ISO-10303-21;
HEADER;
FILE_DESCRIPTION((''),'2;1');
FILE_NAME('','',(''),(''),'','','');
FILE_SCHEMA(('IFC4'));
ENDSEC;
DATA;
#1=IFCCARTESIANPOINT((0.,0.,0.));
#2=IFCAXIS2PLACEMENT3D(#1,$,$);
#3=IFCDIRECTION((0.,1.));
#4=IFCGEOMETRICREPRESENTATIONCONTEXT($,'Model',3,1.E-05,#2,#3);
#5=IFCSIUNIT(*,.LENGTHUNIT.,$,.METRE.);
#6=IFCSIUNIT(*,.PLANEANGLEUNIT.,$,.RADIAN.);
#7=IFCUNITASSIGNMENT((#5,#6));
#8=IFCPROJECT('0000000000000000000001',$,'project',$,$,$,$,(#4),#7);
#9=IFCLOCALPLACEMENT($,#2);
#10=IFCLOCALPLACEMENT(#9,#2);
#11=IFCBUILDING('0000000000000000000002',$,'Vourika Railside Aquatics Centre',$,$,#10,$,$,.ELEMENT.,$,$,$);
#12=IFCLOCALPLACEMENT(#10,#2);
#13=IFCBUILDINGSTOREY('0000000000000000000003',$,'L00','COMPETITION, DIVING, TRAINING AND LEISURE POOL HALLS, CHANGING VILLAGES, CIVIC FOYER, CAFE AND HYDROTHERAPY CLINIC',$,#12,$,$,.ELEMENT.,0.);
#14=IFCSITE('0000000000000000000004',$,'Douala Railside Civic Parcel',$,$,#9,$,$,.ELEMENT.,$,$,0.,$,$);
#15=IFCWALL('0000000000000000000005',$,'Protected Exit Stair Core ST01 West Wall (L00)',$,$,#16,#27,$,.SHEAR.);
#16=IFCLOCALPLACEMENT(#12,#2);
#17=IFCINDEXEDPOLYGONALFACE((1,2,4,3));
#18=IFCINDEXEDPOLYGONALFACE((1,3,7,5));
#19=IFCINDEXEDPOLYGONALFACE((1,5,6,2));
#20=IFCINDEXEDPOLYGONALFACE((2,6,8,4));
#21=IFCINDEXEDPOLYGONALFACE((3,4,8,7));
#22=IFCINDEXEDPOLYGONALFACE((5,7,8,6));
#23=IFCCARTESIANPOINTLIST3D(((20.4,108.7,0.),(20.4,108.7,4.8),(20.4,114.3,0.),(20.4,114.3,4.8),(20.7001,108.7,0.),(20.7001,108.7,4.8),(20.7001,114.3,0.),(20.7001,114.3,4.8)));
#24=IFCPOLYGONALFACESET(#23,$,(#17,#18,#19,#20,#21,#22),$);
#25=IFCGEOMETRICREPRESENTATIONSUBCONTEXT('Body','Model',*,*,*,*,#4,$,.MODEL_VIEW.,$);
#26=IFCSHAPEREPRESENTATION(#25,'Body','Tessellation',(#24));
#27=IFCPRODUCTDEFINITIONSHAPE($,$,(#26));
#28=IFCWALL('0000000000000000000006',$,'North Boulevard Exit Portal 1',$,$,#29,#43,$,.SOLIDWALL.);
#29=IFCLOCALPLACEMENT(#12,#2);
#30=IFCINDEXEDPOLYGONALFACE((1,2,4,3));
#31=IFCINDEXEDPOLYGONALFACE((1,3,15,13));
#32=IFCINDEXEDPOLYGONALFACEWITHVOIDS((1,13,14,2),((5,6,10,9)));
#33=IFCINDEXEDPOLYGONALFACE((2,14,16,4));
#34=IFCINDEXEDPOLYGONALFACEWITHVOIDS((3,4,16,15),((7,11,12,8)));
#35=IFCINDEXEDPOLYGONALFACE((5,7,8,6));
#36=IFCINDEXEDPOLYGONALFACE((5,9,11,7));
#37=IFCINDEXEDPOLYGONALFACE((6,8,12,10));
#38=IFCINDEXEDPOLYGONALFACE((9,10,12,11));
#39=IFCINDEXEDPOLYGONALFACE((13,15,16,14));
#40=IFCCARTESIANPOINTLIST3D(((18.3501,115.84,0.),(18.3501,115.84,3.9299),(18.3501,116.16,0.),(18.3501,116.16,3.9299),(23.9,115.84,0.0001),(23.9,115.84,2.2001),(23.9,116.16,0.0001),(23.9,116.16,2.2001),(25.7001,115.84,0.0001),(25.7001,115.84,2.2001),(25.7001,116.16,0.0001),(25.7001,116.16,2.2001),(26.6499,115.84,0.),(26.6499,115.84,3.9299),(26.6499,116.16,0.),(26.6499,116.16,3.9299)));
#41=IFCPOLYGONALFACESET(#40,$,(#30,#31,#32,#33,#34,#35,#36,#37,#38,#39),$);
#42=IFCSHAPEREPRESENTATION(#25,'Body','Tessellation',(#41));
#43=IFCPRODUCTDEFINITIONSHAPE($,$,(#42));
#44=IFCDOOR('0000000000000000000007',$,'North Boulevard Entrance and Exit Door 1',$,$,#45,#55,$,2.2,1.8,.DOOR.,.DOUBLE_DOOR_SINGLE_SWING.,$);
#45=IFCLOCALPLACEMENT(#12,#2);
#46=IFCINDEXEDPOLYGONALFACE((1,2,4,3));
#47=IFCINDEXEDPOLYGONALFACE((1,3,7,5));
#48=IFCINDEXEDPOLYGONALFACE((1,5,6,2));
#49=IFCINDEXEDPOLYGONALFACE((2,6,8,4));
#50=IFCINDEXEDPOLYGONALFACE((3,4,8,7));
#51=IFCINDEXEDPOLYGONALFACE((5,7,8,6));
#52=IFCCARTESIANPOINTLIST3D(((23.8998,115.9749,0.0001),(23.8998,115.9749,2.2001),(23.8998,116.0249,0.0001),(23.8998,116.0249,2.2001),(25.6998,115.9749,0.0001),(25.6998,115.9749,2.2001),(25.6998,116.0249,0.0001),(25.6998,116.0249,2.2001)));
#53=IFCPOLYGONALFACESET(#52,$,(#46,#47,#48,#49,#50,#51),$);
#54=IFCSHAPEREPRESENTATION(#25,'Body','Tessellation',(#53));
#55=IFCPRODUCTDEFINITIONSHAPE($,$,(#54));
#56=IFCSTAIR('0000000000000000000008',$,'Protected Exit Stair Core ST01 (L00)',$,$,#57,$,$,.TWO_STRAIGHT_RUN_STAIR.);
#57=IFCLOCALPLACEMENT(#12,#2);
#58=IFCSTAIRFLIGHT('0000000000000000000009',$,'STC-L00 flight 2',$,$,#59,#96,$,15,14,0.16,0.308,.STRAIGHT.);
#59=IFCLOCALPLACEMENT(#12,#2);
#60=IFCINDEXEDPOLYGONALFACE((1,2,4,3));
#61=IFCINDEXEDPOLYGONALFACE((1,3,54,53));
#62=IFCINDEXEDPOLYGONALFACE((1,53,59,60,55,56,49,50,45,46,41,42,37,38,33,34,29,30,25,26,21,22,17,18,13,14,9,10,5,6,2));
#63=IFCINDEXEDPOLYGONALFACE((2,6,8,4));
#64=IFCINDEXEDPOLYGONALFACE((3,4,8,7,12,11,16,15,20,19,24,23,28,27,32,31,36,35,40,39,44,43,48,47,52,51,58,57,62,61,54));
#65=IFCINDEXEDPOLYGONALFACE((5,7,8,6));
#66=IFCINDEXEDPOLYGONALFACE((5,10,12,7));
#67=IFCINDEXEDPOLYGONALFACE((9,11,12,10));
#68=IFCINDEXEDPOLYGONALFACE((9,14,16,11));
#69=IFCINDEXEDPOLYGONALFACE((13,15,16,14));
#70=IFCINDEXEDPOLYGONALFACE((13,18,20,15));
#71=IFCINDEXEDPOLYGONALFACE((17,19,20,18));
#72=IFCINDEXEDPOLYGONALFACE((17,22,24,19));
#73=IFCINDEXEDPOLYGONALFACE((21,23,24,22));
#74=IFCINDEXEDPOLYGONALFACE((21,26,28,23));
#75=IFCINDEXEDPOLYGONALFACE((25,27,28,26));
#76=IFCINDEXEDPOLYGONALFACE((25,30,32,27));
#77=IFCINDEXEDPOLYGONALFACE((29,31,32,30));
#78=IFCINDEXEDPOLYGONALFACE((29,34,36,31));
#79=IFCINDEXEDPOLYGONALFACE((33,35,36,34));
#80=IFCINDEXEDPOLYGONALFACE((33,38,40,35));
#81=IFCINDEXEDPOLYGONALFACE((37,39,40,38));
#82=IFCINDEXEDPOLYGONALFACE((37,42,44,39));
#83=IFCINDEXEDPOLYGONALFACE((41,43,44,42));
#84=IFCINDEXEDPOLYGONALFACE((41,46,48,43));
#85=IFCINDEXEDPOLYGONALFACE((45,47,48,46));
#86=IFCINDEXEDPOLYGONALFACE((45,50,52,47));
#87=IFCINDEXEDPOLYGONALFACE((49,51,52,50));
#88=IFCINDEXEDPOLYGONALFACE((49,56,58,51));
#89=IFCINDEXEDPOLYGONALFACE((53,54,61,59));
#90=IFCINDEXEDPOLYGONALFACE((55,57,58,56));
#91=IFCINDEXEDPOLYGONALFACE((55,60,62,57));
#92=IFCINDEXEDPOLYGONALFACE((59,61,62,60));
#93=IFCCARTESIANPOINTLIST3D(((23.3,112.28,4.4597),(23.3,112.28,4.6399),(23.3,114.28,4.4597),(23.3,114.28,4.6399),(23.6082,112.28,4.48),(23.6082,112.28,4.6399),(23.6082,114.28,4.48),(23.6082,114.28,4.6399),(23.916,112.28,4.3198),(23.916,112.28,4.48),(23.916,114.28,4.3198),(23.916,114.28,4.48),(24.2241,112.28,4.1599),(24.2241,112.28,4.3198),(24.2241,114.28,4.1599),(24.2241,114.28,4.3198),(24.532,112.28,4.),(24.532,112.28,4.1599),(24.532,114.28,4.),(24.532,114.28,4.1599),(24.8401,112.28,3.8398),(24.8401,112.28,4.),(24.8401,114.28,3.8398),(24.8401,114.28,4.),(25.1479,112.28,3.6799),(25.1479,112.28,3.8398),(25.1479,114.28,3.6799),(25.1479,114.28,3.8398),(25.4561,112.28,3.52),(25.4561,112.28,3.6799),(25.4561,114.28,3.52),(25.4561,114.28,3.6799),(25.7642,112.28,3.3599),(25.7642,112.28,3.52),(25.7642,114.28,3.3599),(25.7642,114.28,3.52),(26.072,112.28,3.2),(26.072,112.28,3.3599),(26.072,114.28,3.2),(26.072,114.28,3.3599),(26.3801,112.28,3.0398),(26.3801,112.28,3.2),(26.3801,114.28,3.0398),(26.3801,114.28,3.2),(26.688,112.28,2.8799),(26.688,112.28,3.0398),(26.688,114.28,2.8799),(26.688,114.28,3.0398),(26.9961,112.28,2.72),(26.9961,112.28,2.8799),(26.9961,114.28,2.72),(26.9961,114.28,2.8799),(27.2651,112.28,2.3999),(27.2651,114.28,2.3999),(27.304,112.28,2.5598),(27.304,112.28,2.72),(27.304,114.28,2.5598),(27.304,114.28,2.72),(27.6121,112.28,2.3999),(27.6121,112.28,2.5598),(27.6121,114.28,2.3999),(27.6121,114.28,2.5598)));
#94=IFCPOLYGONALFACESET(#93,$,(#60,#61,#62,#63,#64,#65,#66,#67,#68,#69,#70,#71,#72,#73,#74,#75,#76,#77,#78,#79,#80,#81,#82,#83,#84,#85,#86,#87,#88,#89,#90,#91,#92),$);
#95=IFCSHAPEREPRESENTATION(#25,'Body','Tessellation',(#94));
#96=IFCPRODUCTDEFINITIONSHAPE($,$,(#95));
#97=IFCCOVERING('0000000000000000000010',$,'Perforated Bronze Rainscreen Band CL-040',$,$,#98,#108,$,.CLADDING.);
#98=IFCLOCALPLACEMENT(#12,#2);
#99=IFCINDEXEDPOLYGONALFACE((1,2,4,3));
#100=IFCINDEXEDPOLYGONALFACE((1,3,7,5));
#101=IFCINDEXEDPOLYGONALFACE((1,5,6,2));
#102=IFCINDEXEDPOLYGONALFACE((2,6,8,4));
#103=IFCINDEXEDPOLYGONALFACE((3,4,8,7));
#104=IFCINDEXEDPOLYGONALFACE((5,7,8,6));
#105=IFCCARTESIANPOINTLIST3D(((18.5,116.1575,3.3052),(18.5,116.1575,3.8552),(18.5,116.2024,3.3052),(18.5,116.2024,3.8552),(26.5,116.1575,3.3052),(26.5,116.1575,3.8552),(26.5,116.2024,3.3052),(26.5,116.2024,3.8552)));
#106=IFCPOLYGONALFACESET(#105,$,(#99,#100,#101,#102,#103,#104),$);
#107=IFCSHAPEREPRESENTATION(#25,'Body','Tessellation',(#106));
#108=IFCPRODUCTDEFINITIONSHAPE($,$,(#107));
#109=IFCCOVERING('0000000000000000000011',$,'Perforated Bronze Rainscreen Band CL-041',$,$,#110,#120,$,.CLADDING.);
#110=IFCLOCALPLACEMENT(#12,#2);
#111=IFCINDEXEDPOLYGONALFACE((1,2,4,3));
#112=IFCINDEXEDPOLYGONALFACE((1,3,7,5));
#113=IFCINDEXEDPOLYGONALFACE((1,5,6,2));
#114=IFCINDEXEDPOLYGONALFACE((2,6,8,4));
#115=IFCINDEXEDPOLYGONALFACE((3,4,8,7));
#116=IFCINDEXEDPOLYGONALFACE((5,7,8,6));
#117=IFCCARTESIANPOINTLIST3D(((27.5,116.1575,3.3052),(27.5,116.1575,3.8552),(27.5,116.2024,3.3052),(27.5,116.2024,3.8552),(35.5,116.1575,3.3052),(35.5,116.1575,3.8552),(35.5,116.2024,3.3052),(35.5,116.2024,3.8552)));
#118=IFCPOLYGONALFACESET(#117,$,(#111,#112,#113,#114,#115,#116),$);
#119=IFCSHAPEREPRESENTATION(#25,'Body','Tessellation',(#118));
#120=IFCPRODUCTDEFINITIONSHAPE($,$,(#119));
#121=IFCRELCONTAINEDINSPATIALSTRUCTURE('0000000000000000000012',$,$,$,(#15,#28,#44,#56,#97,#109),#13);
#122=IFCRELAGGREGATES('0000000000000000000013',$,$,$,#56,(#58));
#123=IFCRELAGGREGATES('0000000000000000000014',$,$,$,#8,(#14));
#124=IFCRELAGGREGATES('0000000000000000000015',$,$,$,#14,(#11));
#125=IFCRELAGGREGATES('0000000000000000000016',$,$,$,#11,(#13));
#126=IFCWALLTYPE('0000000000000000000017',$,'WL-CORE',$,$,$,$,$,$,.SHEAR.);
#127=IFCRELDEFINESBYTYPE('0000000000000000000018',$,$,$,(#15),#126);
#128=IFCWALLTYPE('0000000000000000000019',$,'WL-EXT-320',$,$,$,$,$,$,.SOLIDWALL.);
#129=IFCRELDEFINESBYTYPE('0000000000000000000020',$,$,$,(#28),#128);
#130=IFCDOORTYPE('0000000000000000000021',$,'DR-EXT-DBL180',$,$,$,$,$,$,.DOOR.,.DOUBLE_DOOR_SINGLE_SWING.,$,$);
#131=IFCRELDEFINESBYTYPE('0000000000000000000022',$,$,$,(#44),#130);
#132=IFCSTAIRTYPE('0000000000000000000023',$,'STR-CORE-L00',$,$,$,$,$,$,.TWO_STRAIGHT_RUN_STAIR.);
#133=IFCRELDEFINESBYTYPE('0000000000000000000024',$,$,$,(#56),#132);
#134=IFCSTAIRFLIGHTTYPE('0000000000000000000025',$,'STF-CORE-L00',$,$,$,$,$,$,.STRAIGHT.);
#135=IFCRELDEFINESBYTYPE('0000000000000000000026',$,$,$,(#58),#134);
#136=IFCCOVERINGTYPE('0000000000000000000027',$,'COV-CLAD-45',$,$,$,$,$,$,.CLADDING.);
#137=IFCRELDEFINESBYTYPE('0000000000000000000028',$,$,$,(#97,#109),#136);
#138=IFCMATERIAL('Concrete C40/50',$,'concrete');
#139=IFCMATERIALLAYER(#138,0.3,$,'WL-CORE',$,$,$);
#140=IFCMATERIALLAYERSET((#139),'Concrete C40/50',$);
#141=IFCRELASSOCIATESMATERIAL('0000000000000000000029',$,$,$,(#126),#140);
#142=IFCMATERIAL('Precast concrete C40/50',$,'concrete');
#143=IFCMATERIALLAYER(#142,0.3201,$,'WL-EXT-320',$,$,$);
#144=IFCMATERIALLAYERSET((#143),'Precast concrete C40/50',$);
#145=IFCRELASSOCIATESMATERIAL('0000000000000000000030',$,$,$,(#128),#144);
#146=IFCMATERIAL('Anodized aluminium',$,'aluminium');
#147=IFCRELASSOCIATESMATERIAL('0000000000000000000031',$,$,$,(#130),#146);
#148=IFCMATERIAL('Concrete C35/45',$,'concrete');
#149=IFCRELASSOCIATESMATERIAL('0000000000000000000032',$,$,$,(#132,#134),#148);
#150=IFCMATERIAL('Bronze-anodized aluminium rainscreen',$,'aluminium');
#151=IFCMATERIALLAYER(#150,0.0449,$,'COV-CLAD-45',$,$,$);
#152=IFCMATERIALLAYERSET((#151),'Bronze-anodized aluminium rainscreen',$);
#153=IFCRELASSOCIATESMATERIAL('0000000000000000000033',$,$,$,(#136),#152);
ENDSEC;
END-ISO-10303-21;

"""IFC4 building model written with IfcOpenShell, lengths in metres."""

from ifc_helpers import new_model, si_unit, direction, frame, frame_2d, origin, origin_2d, place, context, subcontext, project, spatial, polyline, rectangle, outline, extrude, material, layer, layer_set, type_object, element, fill, aggregate, save


model = new_model("IFC4")

# Units and contexts
model_context = context("Model", 3, precision=1e-05, world=origin(), true_north=direction((0.0, 1.0)))
body_context = subcontext(model_context, "Body", "Model", "MODEL_VIEW")
ifc_project = project(units=[si_unit("LENGTHUNIT", "METRE"), si_unit("PLANEANGLEUNIT", "RADIAN")], contexts=[model_context])

# Site, building, storey
site_placement = place(None, origin())
site = spatial("IfcSite", under=ifc_project, at=site_placement, Name="Douala Railside Civic Parcel", CompositionType="ELEMENT", RefElevation=0.0)
building_placement = place(site_placement, origin())
building = spatial("IfcBuilding", under=site, at=building_placement, Name="Vourika Railside Aquatics Centre", CompositionType="ELEMENT")
storey_placement = place(building_placement, origin())
storey = spatial("IfcBuildingStorey", under=building, at=storey_placement, Name="L00", Description="COMPETITION, DIVING, TRAINING AND LEISURE POOL HALLS, CHANGING VILLAGES, CIVIC FOYER, CAFE AND HYDROTHERAPY CLINIC", CompositionType="ELEMENT", Elevation=0.0)

# Shared definitions
ifc_material_1 = material(Name="Concrete C40/50", Category="concrete")

# Wall
ifc_layer_1 = layer(ifc_material_1, 0.3, Name="WL-CORE")
ifc_layer_set_1 = layer_set([ifc_layer_1], Name="Concrete C40/50")
wall_type_1 = type_object("IfcWallType", Name="WL-CORE", PredefinedType="SHEAR", material=ifc_layer_set_1)
wall_1_placement = place(storey_placement, frame((20.55, 114.3, 0.0), z_axis=(0.0, 0.0, 1.0), x_axis=(0.0, -1.0, 0.0)))
element("IfcWall", 1, at=wall_1_placement, inside=storey, type_object=wall_type_1, Name="Protected Exit Stair Core ST01 West Wall (L00)", PredefinedType="SHEAR", context=body_context, shape_type="SweptSolid", body=[
    extrude(rectangle(XDim=5.6001, YDim=0.3, at=frame_2d((2.8, 0.0))), origin(), (0.0, 0.0, 1.0), 4.8),
])

# Wall, opening, door
ifc_material_2 = material(Name="Precast concrete C40/50", Category="concrete")
ifc_layer_2 = layer(ifc_material_2, 0.3201, Name="WL-EXT-320")
ifc_layer_set_2 = layer_set([ifc_layer_2], Name="Precast concrete C40/50")
wall_type_2 = type_object("IfcWallType", Name="WL-EXT-320", PredefinedType="SOLIDWALL", material=ifc_layer_set_2)
wall_2_placement = place(storey_placement, frame((26.6499, 116.0, 0.0), z_axis=(0.0, 0.0, 1.0), x_axis=(-1.0, 0.0, 0.0)))
wall_2 = element("IfcWall", 2, at=wall_2_placement, inside=storey, type_object=wall_type_2, Name="North Boulevard Exit Portal 1", PredefinedType="SOLIDWALL", context=body_context, shape_type="SweptSolid", body=[
    extrude(rectangle(XDim=8.2998, YDim=0.3201, at=frame_2d((4.1499, 0.0))), origin(), (0.0, 0.0, 1.0), 3.9299),
])
opening_placement = place(wall_2_placement, frame((0.95, 0.0, 0.0)))
opening = element("IfcOpeningElement", 3, at=opening_placement, cuts=wall_2, PredefinedType="OPENING", context=body_context, shape_type="SweptSolid", body=[
    extrude(rectangle(XDim=1.8, YDim=2.2, at=frame_2d((0.8999, 1.1001))), frame((0.0, 0.1699, 0.0), z_axis=(0.0, -1.0, 0.0), x_axis=(1.0, 0.0, 0.0)), (0.0, 0.0, 1.0), 0.3401),
])
ifc_material_3 = material(Name="Anodized aluminium", Category="aluminium")
door_type = type_object("IfcDoorType", Name="DR-EXT-DBL180", OperationType="DOUBLE_DOOR_SINGLE_SWING", PredefinedType="DOOR", material=ifc_material_3)
door_placement = place(opening_placement, frame((1.8, 0.0, 0.0), z_axis=(0.0, 0.0, 1.0), x_axis=(-1.0, 0.0, 0.0)))
door = element("IfcDoor", 4, at=door_placement, inside=storey, type_object=door_type, Name="North Boulevard Entrance and Exit Door 1", OperationType="DOUBLE_DOOR_SINGLE_SWING", OverallHeight=2.2, OverallWidth=1.8, PredefinedType="DOOR", context=body_context, shape_type="SweptSolid", body=[
    extrude(rectangle(XDim=1.8, YDim=2.2, at=frame_2d((0.8999, 1.1001))), frame((0.0, 0.0249, 0.0), z_axis=(0.0, -1.0, 0.0), x_axis=(1.0, 0.0, 0.0)), (0.0, 0.0, 1.0), 0.05),
])
fill(opening, door)

# Stair, stair flight
ifc_material_4 = material(Name="Concrete C35/45", Category="concrete")
stair_type = type_object("IfcStairType", Name="STR-CORE-L00", PredefinedType="TWO_STRAIGHT_RUN_STAIR", material=ifc_material_4)
stair_placement = place(storey_placement, origin())
stair = element("IfcStair", 5, at=stair_placement, inside=storey, type_object=stair_type, Name="Protected Exit Stair Core ST01 (L00)", PredefinedType="TWO_STRAIGHT_RUN_STAIR")
stair_flight_type = type_object("IfcStairFlightType", Name="STF-CORE-L00", PredefinedType="STRAIGHT", material=ifc_material_4)
stair_flight_placement = place(storey_placement, frame((27.6121, 113.28, 2.3999), z_axis=(0.0, 0.0, 1.0), x_axis=(-1.0, 0.0, 0.0)))
stair_flight = element("IfcStairFlight", 6, at=stair_flight_placement, type_object=stair_flight_type, Name="STC-L00 flight 2", NumberOfRisers=15, NumberOfTreads=14, PredefinedType="STRAIGHT", RiserHeight=0.16, TreadLength=0.308, context=body_context, shape_type="SweptSolid", body=[
    extrude(outline(polyline([(0.0, 0.0), (0.0, 0.1599), (0.3081, 0.1599), (0.3081, 0.3201), (0.616, 0.3201), (0.616, 0.48), (0.9241, 0.48), (0.9241, 0.6399), (1.2319, 0.6399), (1.2319, 0.8), (1.54, 0.8), (1.54, 0.96), (1.8479, 0.96), (1.8479, 1.1201), (2.156, 1.1201), (2.156, 1.28), (2.4641, 1.28), (2.4641, 1.4399), (2.772, 1.4399), (2.772, 1.6001), (3.0801, 1.6001), (3.0801, 1.76), (3.3879, 1.76), (3.3879, 1.9199), (3.696, 1.9199), (3.696, 2.0801), (4.0039, 2.0801), (4.0039, 2.24), (4.312, 2.24), (4.312, 2.3999), (4.312, 2.0598), (0.3469, 0.0), (0.0, 0.0)])), frame((0.0, 1.0, 0.0), z_axis=(0.0, -1.0, 0.0), x_axis=(1.0, 0.0, 0.0)), (0.0, 0.0, 1.0), 2.0),
])
aggregate(stair, [stair_flight])

# Coverings
ifc_material_5 = material(Name="Bronze-anodized aluminium rainscreen", Category="aluminium")
ifc_layer_3 = layer(ifc_material_5, 0.0449, Name="COV-CLAD-45")
ifc_layer_set_3 = layer_set([ifc_layer_3], Name="Bronze-anodized aluminium rainscreen")
covering_type = type_object("IfcCoveringType", Name="COV-CLAD-45", PredefinedType="CLADDING", material=ifc_layer_set_3)
for number, where, z_axis, x_axis, name in (
    (7, (22.5, 116.1799, 3.3052), (0.0, 0.0, 1.0), (-1.0, 0.0, 0.0), "Perforated Bronze Rainscreen Band CL-040"),
    (8, (31.5, 116.1799, 3.3052), (0.0, 0.0, 1.0), (-1.0, 0.0, 0.0), "Perforated Bronze Rainscreen Band CL-041"),
):
    element("IfcCovering", number, at=place(storey_placement, frame(where, z_axis=z_axis, x_axis=x_axis)), inside=storey, type_object=covering_type, Name=name, PredefinedType="CLADDING", context=body_context, shape_type="SweptSolid", body=[
        extrude(rectangle(XDim=8.0, YDim=0.0449, at=origin_2d()), origin(), (0.0, 0.0, 1.0), 0.55),
    ])

save(model, "model.ifc")
